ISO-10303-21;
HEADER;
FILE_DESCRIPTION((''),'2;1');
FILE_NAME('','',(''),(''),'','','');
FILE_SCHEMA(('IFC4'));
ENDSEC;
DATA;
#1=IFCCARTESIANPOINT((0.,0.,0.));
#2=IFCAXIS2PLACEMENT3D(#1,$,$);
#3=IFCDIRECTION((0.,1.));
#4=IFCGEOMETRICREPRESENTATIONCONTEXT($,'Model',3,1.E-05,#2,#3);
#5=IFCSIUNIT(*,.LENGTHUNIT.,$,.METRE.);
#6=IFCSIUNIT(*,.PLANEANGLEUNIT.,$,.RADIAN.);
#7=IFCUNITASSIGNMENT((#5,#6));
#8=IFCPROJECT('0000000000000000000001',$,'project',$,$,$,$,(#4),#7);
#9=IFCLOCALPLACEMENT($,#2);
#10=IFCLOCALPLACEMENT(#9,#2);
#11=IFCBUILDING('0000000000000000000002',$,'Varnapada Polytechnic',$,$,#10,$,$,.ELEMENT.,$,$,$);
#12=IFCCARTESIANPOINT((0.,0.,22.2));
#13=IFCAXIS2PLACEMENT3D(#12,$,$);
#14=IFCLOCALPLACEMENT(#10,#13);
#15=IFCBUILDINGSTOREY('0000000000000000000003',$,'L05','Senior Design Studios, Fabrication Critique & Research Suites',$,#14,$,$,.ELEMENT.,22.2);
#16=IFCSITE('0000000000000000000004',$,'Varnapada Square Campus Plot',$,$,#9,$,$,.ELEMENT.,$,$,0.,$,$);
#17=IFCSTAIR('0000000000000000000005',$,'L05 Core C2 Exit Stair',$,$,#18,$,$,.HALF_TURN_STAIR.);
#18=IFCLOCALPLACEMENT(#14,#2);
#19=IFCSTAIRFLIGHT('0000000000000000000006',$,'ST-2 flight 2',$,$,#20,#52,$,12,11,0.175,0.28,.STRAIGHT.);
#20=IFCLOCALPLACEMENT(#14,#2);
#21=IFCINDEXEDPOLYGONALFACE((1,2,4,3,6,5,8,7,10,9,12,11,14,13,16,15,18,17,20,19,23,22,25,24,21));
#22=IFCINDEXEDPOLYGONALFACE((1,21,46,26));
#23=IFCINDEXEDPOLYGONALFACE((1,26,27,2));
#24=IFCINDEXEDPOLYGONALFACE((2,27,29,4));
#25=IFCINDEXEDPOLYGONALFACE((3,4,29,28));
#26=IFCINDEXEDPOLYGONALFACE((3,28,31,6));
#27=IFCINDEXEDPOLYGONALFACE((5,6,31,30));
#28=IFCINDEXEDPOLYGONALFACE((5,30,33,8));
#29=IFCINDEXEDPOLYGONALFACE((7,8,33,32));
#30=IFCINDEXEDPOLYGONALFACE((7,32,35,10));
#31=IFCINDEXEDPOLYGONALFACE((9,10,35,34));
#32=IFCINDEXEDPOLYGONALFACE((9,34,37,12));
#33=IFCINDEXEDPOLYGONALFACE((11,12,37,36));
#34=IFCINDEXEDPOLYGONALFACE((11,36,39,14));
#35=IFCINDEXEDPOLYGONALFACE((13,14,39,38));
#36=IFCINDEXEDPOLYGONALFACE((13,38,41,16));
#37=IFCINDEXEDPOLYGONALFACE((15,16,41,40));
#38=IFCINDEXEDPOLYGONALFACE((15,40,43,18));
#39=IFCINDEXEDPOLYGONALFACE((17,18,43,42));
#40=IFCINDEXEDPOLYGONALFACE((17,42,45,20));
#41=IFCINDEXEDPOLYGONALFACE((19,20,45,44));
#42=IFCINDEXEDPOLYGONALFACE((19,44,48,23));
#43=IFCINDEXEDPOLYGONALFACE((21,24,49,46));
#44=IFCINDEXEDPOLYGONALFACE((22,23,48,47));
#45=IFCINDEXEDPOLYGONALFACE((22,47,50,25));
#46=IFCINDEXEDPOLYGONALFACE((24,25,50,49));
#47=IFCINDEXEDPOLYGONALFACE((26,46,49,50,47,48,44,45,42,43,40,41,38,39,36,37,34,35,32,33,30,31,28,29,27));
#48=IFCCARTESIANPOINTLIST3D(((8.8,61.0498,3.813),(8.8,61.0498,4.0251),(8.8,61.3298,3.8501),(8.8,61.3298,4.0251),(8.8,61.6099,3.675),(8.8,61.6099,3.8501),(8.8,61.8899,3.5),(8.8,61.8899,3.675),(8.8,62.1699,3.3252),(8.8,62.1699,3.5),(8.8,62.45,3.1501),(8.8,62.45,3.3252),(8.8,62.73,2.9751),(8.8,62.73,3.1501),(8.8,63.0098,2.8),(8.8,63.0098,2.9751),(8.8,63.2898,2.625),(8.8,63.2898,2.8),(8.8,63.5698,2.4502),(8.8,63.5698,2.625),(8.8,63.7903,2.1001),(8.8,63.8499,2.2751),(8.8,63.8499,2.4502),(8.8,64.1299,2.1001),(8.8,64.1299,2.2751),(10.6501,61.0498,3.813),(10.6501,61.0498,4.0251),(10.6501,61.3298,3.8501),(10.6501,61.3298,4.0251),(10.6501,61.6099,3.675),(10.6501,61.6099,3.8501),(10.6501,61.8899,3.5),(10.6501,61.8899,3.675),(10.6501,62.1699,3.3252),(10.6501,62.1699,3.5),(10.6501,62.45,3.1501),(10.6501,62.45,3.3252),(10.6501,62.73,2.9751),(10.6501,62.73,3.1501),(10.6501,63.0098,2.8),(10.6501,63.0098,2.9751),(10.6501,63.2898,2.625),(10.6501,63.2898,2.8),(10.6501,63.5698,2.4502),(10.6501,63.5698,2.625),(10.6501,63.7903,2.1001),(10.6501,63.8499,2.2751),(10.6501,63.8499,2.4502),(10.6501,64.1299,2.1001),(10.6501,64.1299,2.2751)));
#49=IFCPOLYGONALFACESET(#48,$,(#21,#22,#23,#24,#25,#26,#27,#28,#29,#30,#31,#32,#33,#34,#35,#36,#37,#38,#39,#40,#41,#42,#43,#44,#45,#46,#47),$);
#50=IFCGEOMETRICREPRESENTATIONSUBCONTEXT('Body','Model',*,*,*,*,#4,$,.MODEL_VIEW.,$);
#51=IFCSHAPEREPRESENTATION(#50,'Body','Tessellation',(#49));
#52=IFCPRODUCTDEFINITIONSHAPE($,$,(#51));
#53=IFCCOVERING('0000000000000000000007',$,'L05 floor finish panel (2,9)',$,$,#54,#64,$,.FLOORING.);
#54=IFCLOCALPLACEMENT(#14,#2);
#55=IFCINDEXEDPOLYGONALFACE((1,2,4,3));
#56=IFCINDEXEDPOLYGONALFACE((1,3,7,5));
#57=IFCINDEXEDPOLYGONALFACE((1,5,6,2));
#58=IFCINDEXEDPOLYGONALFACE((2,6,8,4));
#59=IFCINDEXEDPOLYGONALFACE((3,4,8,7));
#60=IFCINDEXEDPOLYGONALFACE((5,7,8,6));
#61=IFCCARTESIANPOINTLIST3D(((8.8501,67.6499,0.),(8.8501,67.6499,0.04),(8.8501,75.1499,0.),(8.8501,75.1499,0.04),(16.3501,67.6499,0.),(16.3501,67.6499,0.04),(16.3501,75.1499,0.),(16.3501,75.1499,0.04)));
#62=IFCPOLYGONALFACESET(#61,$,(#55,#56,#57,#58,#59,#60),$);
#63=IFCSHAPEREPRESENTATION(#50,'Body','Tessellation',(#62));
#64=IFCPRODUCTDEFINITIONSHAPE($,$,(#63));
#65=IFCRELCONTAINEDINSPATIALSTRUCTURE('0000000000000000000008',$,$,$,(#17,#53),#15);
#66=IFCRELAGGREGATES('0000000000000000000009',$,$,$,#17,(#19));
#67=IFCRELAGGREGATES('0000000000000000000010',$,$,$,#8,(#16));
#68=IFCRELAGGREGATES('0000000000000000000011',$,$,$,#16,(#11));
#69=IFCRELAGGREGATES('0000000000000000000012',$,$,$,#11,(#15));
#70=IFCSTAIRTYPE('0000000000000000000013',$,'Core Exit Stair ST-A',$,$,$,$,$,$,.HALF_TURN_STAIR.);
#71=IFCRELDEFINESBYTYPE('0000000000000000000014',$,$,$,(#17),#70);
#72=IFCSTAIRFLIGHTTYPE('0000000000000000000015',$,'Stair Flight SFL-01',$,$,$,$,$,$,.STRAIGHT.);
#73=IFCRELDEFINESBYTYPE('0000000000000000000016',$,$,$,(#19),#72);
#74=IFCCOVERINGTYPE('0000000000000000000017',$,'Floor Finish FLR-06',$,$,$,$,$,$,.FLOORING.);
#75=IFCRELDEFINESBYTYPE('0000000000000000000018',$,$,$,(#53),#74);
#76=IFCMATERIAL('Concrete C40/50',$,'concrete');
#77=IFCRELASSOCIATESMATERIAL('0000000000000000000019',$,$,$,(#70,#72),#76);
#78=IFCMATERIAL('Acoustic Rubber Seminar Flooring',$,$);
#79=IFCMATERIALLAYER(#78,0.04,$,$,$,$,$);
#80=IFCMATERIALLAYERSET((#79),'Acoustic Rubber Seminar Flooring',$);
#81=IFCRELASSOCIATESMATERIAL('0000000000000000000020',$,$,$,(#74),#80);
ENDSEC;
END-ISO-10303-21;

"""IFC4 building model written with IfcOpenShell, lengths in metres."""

from ifc_helpers import new_model, si_unit, direction, frame, origin, origin_2d, place, context, subcontext, project, spatial, polyline, rectangle, outline, extrude, material, layer, layer_set, type_object, element, aggregate, save


model = new_model("IFC4")

# Units and contexts
model_context = context("Model", 3, precision=1e-05, world=origin(), true_north=direction((0.0, 1.0)))
body_context = subcontext(model_context, "Body", "Model", "MODEL_VIEW")
ifc_project = project(units=[si_unit("LENGTHUNIT", "METRE"), si_unit("PLANEANGLEUNIT", "RADIAN")], contexts=[model_context])

# Site, building, storey
site_placement = place(None, origin())
site = spatial("IfcSite", under=ifc_project, at=site_placement, Name="Varnapada Square Campus Plot", CompositionType="ELEMENT", RefElevation=0.0)
building_placement = place(site_placement, origin())
building = spatial("IfcBuilding", under=site, at=building_placement, Name="Varnapada Polytechnic", CompositionType="ELEMENT")
storey_placement = place(building_placement, frame((0.0, 0.0, 22.2)))
storey = spatial("IfcBuildingStorey", under=building, at=storey_placement, Name="L05", Description="Senior Design Studios, Fabrication Critique & Research Suites", CompositionType="ELEMENT", Elevation=22.2)

# Shared definitions
ifc_material_1 = material(Name="Concrete C40/50", Category="concrete")

# Stair, stair flight
stair_type = type_object("IfcStairType", Name="Core Exit Stair ST-A", PredefinedType="HALF_TURN_STAIR", material=ifc_material_1)
stair_placement = place(storey_placement, origin())
stair = element("IfcStair", 1, at=stair_placement, inside=storey, type_object=stair_type, Name="L05 Core C2 Exit Stair", PredefinedType="HALF_TURN_STAIR")
stair_flight_type = type_object("IfcStairFlightType", Name="Stair Flight SFL-01", PredefinedType="STRAIGHT", material=ifc_material_1)
stair_flight_placement = place(storey_placement, frame((9.7251, 64.1299, 2.1001), z_axis=(0.0, 0.0, 1.0), x_axis=(0.0, -1.0, 0.0)))
stair_flight = element("IfcStairFlight", 2, at=stair_flight_placement, type_object=stair_flight_type, Name="ST-2 flight 2", NumberOfRisers=12, NumberOfTreads=11, PredefinedType="STRAIGHT", RiserHeight=0.175, TreadLength=0.28, context=body_context, shape_type="SweptSolid", body=[
    extrude(outline(polyline([(0.0, 0.0), (0.0, 0.175), (0.28, 0.175), (0.28, 0.3501), (0.5601, 0.3501), (0.5601, 0.5249), (0.8401, 0.5249), (0.8401, 0.7), (1.1201, 0.7), (1.1201, 0.875), (1.3999, 0.875), (1.3999, 1.05), (1.6799, 1.05), (1.6799, 1.2251), (1.96, 1.2251), (1.96, 1.3999), (2.24, 1.3999), (2.24, 1.575), (2.52, 1.575), (2.52, 1.75), (2.8, 1.75), (2.8, 1.925), (3.0801, 1.925), (3.0801, 2.1001), (3.0801, 1.7129), (0.3396, 0.0), (0.0, 0.0)])), frame((0.0, 0.925, 0.0), z_axis=(0.0, -1.0, 0.0), x_axis=(1.0, 0.0, 0.0)), (0.0, 0.0, 1.0), 1.8501),
])
aggregate(stair, [stair_flight])

# Covering
ifc_material_2 = material(Name="Acoustic Rubber Seminar Flooring")
ifc_layer_1 = layer(ifc_material_2, 0.04)
ifc_layer_set_1 = layer_set([ifc_layer_1], Name="Acoustic Rubber Seminar Flooring")
covering_type = type_object("IfcCoveringType", Name="Floor Finish FLR-06", PredefinedType="FLOORING", material=ifc_layer_set_1)
covering_placement = place(storey_placement, frame((12.6001, 71.3999, 0.0), z_axis=(0.0, 0.0, 1.0), x_axis=(1.0, 0.0, 0.0)))
element("IfcCovering", 3, at=covering_placement, inside=storey, type_object=covering_type, Name="L05 floor finish panel (2,9)", PredefinedType="FLOORING", context=body_context, shape_type="SweptSolid", body=[
    extrude(rectangle(XDim=7.5, YDim=7.5, at=origin_2d()), origin(), (0.0, 0.0, 1.0), 0.04),
])

save(model, "model.ifc")
